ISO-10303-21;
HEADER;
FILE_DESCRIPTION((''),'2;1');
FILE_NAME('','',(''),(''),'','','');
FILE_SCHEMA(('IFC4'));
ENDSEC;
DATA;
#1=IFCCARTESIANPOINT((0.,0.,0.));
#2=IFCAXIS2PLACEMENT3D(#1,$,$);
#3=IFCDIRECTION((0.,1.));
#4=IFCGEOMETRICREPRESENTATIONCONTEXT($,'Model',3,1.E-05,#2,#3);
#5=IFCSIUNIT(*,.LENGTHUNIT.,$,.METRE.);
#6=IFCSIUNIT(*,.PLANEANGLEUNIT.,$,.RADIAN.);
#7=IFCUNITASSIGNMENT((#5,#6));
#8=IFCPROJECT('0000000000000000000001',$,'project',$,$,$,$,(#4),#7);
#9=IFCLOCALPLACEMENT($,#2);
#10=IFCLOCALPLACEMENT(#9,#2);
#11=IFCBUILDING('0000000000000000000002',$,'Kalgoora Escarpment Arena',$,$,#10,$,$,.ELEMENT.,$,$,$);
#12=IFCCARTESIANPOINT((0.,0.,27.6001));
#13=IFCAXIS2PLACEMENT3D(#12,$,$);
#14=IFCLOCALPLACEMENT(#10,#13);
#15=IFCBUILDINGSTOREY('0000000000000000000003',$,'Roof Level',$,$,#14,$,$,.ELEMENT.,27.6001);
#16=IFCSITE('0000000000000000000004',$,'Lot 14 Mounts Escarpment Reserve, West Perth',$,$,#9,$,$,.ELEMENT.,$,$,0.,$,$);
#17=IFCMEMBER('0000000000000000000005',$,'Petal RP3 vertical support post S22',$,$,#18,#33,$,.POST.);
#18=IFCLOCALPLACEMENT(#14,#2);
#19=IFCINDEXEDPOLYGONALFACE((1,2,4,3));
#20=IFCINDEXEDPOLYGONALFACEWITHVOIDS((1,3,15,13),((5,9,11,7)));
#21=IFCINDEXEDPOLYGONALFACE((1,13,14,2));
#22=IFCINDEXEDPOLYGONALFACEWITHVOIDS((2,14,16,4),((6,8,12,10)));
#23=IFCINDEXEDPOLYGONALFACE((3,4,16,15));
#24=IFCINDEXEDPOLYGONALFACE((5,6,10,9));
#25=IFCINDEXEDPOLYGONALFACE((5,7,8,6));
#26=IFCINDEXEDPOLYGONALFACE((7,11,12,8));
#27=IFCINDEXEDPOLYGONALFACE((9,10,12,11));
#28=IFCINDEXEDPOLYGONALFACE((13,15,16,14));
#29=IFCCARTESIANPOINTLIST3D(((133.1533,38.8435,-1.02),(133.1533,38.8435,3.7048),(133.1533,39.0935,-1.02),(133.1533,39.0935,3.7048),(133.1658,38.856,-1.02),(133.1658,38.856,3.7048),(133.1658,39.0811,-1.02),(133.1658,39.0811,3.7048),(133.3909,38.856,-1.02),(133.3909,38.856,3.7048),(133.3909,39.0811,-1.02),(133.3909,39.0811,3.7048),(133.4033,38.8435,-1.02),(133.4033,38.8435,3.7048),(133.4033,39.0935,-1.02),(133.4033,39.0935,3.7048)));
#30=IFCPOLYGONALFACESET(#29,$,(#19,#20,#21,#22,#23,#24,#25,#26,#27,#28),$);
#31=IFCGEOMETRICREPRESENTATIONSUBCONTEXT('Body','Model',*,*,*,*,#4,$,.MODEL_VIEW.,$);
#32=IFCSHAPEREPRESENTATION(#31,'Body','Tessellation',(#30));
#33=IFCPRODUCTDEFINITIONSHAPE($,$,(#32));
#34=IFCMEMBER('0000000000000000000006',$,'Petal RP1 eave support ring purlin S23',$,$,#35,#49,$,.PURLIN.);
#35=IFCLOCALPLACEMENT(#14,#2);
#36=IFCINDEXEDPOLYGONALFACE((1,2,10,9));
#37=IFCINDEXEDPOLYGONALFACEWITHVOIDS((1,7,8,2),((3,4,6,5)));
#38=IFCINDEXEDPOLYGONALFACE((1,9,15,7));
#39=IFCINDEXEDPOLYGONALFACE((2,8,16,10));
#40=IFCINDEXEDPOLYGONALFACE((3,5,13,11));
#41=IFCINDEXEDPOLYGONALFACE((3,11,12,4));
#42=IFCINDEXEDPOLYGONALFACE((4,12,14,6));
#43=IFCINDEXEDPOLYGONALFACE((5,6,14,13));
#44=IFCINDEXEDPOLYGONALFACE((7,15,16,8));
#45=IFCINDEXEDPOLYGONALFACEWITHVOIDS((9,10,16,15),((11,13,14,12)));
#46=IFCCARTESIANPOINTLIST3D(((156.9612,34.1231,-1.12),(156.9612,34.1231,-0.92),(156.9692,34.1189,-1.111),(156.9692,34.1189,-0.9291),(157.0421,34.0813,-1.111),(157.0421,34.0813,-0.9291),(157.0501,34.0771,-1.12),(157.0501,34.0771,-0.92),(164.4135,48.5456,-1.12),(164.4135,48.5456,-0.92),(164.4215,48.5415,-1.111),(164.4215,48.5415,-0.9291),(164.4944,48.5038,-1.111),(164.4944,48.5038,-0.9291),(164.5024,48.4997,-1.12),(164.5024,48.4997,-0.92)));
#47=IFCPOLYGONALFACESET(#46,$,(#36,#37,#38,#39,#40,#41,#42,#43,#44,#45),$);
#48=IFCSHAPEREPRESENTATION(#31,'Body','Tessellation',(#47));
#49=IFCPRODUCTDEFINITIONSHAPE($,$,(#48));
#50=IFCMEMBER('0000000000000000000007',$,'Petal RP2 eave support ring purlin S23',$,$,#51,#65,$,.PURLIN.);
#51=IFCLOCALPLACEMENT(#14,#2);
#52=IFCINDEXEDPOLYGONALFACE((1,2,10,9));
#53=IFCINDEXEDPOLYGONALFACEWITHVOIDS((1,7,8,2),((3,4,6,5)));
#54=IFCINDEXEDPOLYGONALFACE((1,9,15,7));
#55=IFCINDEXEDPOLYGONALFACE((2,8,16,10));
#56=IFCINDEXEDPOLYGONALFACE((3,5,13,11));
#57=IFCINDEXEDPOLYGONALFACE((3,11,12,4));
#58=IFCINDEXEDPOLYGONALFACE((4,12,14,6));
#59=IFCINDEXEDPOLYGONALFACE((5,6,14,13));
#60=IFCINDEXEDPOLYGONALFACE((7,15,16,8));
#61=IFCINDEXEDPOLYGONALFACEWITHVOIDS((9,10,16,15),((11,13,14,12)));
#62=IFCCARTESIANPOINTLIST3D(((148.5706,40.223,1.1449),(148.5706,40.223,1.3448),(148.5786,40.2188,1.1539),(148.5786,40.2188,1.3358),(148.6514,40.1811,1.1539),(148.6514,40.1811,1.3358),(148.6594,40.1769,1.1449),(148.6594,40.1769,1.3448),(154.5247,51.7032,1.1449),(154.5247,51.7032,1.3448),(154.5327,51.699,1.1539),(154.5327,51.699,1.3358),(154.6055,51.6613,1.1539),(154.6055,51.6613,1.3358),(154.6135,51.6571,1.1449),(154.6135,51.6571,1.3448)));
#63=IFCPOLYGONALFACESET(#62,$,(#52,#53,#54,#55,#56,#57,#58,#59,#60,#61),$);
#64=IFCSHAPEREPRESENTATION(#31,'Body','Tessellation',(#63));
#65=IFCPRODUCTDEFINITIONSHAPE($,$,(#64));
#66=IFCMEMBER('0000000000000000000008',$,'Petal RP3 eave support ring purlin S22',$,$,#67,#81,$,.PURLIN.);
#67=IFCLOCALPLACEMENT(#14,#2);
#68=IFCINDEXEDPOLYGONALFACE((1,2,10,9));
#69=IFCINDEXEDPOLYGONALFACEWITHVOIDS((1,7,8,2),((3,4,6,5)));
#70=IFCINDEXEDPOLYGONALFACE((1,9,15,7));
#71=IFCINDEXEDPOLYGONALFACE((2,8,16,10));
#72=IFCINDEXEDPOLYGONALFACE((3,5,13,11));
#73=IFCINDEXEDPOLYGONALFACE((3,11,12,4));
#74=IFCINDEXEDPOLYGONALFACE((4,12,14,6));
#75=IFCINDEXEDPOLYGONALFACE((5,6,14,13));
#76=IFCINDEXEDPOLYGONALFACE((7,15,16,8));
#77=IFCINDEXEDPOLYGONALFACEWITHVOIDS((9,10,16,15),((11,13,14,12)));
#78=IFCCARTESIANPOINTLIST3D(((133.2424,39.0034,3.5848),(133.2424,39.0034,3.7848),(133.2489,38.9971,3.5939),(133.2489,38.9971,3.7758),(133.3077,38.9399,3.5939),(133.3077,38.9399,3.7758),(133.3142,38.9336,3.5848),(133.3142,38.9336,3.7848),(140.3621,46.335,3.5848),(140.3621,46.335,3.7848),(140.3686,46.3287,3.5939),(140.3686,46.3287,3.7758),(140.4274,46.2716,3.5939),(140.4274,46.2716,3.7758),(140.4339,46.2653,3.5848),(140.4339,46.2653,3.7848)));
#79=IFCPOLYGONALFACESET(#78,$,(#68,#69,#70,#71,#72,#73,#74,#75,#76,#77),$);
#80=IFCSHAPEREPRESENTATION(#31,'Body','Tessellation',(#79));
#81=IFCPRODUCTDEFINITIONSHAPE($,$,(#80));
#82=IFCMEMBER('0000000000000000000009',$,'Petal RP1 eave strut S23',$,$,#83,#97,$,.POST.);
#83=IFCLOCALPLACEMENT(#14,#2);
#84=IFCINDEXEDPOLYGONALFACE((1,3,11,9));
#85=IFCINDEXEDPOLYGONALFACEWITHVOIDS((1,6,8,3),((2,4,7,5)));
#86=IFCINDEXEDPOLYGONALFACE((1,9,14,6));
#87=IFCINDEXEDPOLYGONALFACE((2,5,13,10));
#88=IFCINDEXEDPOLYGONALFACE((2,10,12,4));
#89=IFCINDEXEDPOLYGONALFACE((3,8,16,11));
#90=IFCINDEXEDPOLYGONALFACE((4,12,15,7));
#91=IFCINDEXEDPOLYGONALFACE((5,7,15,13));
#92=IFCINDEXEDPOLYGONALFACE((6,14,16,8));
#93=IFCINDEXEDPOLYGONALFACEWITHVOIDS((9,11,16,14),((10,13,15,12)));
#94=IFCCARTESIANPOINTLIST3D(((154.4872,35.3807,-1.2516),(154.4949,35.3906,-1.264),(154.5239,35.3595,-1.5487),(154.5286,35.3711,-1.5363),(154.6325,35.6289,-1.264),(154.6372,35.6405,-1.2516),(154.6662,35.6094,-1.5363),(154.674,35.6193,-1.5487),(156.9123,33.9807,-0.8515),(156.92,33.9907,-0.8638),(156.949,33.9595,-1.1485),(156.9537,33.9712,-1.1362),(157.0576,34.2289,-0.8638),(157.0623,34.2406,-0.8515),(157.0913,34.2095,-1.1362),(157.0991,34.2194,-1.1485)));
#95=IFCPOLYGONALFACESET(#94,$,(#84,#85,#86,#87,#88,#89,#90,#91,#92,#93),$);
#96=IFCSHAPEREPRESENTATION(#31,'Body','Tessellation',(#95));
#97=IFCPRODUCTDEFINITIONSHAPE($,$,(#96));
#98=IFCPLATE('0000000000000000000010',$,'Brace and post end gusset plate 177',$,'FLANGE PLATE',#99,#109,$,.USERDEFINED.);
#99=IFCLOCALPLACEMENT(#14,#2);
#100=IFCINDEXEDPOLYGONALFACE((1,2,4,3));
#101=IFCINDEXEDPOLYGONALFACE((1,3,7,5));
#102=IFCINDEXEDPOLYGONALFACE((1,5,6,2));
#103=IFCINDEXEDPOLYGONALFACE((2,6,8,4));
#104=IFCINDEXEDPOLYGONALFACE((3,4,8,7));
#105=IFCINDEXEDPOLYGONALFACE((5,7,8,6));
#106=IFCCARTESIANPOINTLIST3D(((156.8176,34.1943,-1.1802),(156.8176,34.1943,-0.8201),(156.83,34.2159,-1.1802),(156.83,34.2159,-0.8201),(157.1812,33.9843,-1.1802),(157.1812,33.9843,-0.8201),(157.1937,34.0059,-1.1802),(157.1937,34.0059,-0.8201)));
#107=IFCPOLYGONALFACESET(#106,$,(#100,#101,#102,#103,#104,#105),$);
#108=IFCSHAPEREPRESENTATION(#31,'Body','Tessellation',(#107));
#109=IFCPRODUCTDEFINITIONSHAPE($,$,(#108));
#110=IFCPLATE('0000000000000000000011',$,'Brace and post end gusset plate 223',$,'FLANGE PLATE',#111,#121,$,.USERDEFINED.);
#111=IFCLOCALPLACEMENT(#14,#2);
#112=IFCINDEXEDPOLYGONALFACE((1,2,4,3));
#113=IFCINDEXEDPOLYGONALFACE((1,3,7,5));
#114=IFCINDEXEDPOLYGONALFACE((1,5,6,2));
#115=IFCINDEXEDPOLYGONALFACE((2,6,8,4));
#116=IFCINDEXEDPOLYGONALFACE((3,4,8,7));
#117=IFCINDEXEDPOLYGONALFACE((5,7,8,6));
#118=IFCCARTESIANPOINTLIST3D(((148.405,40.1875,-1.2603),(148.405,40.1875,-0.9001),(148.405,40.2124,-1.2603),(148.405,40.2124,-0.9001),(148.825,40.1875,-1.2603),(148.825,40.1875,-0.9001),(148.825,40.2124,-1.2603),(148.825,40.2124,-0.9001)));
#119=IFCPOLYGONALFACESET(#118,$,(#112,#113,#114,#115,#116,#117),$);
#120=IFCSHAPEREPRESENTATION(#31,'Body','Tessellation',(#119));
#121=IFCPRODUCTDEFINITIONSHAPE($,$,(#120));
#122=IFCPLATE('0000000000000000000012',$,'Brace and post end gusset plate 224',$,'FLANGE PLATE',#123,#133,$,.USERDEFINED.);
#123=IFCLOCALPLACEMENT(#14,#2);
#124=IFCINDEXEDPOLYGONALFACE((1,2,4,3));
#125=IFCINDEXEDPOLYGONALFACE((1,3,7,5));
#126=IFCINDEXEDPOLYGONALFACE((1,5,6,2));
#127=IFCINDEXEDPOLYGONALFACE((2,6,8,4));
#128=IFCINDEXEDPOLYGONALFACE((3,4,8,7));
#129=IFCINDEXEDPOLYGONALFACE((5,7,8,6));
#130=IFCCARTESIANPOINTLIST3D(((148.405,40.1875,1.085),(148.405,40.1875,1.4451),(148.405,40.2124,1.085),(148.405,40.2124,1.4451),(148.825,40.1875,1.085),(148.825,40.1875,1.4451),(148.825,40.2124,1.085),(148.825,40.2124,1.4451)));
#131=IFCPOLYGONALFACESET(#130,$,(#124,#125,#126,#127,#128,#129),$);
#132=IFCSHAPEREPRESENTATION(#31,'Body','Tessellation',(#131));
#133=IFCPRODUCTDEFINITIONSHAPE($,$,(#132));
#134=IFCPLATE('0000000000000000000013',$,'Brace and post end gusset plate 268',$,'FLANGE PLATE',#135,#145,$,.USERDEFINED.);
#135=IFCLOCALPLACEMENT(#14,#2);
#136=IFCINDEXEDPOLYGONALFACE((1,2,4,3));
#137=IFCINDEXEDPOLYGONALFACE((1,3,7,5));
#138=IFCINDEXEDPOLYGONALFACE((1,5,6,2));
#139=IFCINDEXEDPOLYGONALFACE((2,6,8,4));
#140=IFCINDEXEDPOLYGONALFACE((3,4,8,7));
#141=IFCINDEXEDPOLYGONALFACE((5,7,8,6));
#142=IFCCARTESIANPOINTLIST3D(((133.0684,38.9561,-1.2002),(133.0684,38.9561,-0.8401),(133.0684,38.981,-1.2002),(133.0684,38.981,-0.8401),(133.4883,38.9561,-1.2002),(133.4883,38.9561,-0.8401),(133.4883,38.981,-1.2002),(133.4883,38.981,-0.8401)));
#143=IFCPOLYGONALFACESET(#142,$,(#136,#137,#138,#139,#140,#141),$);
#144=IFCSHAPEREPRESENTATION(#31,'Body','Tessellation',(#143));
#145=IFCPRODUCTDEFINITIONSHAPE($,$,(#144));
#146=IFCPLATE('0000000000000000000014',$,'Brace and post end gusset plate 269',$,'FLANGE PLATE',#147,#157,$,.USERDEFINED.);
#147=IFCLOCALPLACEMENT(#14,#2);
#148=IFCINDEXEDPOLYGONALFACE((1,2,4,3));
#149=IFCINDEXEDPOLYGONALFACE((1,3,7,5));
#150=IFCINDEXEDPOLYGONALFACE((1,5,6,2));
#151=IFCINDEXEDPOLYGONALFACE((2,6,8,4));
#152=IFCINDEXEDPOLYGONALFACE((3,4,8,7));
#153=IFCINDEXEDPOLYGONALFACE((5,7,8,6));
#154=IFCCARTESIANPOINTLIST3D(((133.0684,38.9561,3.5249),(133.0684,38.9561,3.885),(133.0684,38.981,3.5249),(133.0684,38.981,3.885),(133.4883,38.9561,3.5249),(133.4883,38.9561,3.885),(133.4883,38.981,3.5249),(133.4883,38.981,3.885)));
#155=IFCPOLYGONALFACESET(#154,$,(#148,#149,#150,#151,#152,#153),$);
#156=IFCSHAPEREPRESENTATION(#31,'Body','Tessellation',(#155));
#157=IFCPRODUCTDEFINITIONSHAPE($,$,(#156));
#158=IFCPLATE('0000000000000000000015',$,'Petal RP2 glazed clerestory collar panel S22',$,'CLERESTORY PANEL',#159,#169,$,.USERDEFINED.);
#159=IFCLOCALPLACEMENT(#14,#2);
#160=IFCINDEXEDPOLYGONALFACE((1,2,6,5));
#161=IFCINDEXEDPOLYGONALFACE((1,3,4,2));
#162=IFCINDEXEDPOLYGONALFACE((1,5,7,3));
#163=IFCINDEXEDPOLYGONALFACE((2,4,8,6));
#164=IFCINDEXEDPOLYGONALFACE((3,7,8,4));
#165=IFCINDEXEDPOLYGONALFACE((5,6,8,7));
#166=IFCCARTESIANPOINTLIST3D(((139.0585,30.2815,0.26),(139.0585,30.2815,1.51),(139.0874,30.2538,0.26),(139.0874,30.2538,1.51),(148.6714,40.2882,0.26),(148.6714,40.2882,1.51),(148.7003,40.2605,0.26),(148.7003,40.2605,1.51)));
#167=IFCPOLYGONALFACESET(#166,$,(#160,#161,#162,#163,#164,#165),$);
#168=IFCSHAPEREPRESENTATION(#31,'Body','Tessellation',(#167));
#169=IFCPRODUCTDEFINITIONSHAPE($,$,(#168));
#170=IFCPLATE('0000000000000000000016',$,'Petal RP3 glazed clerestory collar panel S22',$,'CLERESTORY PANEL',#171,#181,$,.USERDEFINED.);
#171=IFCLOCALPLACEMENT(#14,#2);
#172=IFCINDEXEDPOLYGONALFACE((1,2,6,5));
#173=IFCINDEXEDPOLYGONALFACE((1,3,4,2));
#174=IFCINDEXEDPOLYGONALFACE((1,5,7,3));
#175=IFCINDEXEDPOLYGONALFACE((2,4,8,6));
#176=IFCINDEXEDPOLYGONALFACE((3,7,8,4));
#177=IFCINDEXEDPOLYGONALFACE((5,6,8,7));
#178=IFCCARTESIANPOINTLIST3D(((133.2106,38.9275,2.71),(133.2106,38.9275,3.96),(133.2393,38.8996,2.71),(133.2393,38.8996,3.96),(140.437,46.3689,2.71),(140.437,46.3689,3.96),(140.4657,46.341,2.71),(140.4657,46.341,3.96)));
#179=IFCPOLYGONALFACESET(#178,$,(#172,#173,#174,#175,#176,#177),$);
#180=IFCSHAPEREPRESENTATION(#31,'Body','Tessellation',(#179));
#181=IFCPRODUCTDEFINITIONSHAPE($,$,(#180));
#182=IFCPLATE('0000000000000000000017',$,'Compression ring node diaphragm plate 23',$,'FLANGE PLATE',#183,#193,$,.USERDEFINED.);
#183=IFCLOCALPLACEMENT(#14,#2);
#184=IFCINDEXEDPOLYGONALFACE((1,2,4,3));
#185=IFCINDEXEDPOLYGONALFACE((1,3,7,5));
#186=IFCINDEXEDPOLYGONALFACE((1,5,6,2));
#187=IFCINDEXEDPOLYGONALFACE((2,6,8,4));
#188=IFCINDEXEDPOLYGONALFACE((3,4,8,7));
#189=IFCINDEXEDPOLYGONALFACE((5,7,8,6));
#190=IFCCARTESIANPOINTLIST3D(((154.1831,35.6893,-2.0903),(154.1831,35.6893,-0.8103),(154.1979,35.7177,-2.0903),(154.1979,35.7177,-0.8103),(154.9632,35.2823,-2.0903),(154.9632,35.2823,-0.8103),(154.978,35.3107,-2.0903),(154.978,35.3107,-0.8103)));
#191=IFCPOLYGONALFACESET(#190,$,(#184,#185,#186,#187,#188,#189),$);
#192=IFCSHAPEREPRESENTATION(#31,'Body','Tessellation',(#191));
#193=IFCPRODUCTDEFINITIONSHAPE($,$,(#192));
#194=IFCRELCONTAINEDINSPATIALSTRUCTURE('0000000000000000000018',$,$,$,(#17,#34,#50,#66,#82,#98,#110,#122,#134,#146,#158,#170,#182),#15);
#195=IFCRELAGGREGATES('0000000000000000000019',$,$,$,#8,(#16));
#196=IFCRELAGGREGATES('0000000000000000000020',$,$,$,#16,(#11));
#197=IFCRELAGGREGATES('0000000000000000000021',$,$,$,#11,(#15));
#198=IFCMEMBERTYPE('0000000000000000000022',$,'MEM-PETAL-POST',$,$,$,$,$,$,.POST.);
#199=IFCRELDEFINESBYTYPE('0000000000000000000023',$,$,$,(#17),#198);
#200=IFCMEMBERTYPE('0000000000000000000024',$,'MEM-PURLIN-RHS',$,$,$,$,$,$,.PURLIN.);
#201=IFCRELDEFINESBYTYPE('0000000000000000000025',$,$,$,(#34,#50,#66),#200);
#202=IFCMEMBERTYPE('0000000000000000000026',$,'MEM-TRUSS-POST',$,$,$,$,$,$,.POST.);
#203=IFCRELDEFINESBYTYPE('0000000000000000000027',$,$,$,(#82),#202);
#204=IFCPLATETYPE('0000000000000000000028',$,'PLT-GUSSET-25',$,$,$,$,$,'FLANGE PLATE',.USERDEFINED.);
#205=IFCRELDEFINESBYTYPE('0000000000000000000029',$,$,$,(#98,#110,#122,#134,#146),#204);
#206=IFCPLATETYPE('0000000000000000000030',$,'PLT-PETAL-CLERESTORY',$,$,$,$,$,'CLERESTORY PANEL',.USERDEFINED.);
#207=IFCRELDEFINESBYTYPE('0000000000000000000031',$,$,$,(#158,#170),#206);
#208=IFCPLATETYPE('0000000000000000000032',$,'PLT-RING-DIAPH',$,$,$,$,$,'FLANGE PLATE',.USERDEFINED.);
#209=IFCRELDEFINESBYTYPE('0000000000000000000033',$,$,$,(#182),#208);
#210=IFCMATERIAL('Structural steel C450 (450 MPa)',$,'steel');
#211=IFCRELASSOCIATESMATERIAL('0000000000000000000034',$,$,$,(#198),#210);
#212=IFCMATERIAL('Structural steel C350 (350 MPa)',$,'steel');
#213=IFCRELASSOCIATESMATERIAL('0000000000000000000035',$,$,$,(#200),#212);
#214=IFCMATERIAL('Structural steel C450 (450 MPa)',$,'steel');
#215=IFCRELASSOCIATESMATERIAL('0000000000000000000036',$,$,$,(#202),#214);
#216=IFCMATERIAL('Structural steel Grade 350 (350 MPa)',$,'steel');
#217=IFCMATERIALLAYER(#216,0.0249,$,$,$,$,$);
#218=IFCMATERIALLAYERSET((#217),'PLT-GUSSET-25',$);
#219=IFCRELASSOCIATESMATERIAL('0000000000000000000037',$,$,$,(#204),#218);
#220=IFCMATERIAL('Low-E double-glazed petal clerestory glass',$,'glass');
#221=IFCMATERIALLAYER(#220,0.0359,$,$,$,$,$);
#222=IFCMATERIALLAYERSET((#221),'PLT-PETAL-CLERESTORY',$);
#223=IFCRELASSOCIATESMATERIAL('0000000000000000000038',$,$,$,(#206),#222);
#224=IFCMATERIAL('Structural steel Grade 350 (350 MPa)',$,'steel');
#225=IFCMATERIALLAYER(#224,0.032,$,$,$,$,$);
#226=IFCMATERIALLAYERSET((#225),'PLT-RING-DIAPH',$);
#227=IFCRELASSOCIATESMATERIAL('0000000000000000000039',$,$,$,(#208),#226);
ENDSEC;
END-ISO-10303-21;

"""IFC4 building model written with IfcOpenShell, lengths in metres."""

from ifc_helpers import new_model, si_unit, direction, frame, origin, origin_2d, place, context, subcontext, project, spatial, rectangle, hollow_rectangle, extrude, material, layer, layer_set, material_profile, profile_set, type_object, element, save


model = new_model("IFC4")

# Units and contexts
model_context = context("Model", 3, precision=1e-05, world=origin(), true_north=direction((0.0, 1.0)))
body_context = subcontext(model_context, "Body", "Model", "MODEL_VIEW")
ifc_project = project(units=[si_unit("LENGTHUNIT", "METRE"), si_unit("PLANEANGLEUNIT", "RADIAN")], contexts=[model_context])

# Site, building, storey
site_placement = place(None, origin())
site = spatial("IfcSite", under=ifc_project, at=site_placement, Name="Lot 14 Mounts Escarpment Reserve, West Perth", CompositionType="ELEMENT", RefElevation=0.0)
building_placement = place(site_placement, origin())
building = spatial("IfcBuilding", under=site, at=building_placement, Name="Kalgoora Escarpment Arena", CompositionType="ELEMENT")
storey_placement = place(building_placement, frame((0.0, 0.0, 27.6001)))
storey = spatial("IfcBuildingStorey", under=building, at=storey_placement, Name="Roof Level", CompositionType="ELEMENT", Elevation=27.6001)

# Members
ifc_material_1 = material(Name="Structural steel C450 (450 MPa)", Category="steel")
ifc_material_profile_1 = material_profile(ifc_material_1, hollow_rectangle(XDim=0.25, YDim=0.25, WallThickness=0.0125, at=origin_2d()))
ifc_profile_set_1 = profile_set([ifc_material_profile_1], Name="Structural steel C450 (450 MPa)")
member_type_1 = type_object("IfcMemberType", Name="MEM-PETAL-POST", PredefinedType="POST", material=ifc_profile_set_1)
member_1_placement = place(storey_placement, frame((133.2783, 38.9685, -1.02), z_axis=(0.0, 0.0, 1.0), x_axis=(1.0, 0.0, 0.0)))
element("IfcMember", 1, at=member_1_placement, inside=storey, type_object=member_type_1, Name="Petal RP3 vertical support post S22", PredefinedType="POST", context=body_context, shape_type="SweptSolid", body=[
    extrude(hollow_rectangle(XDim=0.25, YDim=0.25, WallThickness=0.0125, at=origin_2d()), origin(), (0.0, 0.0, 1.0), 4.7249),
])
ifc_material_2 = material(Name="Structural steel C350 (350 MPa)", Category="steel")
ifc_material_profile_2 = material_profile(ifc_material_2, hollow_rectangle(XDim=0.1001, YDim=0.2, WallThickness=0.009, at=origin_2d()))
ifc_profile_set_2 = profile_set([ifc_material_profile_2], Name="Structural steel C350 (350 MPa)")
member_type_2 = type_object("IfcMemberType", Name="MEM-PURLIN-RHS", PredefinedType="PURLIN", material=ifc_profile_set_2)
member_2_placement = place(storey_placement, frame((157.0056, 34.1001, -1.02), z_axis=(0.459055, 0.888408, 0.0), x_axis=(-0.888408, 0.459055, 0.0)))
element("IfcMember", 2, at=member_2_placement, inside=storey, type_object=member_type_2, Name="Petal RP1 eave support ring purlin S23", PredefinedType="PURLIN", context=body_context, shape_type="SweptSolid", body=[
    extrude(hollow_rectangle(XDim=0.1001, YDim=0.2, WallThickness=0.009, at=origin_2d()), origin(), (0.0, 0.0, 1.0), 16.2341),
])
member_3_placement = place(storey_placement, frame((148.615, 40.2, 1.2449), z_axis=(0.460402, 0.887711, 0.0), x_axis=(-0.887711, 0.460402, 0.0)))
element("IfcMember", 3, at=member_3_placement, inside=storey, type_object=member_type_2, Name="Petal RP2 eave support ring purlin S23", PredefinedType="PURLIN", context=body_context, shape_type="SweptSolid", body=[
    extrude(hollow_rectangle(XDim=0.1001, YDim=0.2, WallThickness=0.009, at=origin_2d()), origin(), (0.0, 0.0, 1.0), 12.9324),
])
member_4_placement = place(storey_placement, frame((133.2783, 38.9685, 3.6848), z_axis=(0.696663, 0.717399, 0.0), x_axis=(-0.717399, 0.696663, 0.0)))
element("IfcMember", 4, at=member_4_placement, inside=storey, type_object=member_type_2, Name="Petal RP3 eave support ring purlin S22", PredefinedType="PURLIN", context=body_context, shape_type="SweptSolid", body=[
    extrude(hollow_rectangle(XDim=0.1001, YDim=0.2, WallThickness=0.009, at=origin_2d()), origin(), (0.0, 0.0, 1.0), 10.2197),
])
ifc_material_3 = material(Name="Structural steel C450 (450 MPa)", Category="steel")
ifc_material_profile_3 = material_profile(ifc_material_3, hollow_rectangle(XDim=0.3, YDim=0.3, WallThickness=0.0125, at=origin_2d()))
ifc_profile_set_3 = profile_set([ifc_material_profile_3], Name="Structural steel C450 (450 MPa)")
member_type_3 = type_object("IfcMemberType", Name="MEM-TRUSS-POST", PredefinedType="POST", material=ifc_profile_set_3)
member_5_placement = place(storey_placement, frame((154.5806, 35.5, -1.4001), z_axis=(0.857346, -0.494918, 0.141467), x_axis=(0.499946, 0.866056, 0.0)))
element("IfcMember", 5, at=member_5_placement, inside=storey, type_object=member_type_3, Name="Petal RP1 eave strut S23", PredefinedType="POST", context=body_context, shape_type="SweptSolid", body=[
    extrude(hollow_rectangle(XDim=0.3, YDim=0.3, WallThickness=0.0125, at=origin_2d()), origin(), (0.0, 0.0, 1.0), 2.8286),
])

# Plates
ifc_material_4 = material(Name="Structural steel Grade 350 (350 MPa)", Category="steel")
ifc_layer_1 = layer(ifc_material_4, 0.0249)
ifc_layer_set_1 = layer_set([ifc_layer_1], Name="PLT-GUSSET-25")
plate_type_1 = type_object("IfcPlateType", Name="PLT-GUSSET-25", ElementType="FLANGE PLATE", PredefinedType="USERDEFINED", material=ifc_layer_set_1)
for number, where, z_axis, x_axis, name in (
    (6, (157.0056, 34.1001, -1.1802), (0.0, 0.0, 1.0), (0.866025, -0.5, 0.0), "Brace and post end gusset plate 177"),
    (7, (148.615, 40.2, -1.2603), (0.0, 0.0, 1.0), (1.0, 0.0, 0.0), "Brace and post end gusset plate 223"),
    (8, (148.615, 40.2, 1.085), (0.0, 0.0, 1.0), (1.0, 0.0, 0.0), "Brace and post end gusset plate 224"),
    (9, (133.2783, 38.9685, -1.2002), (0.0, 0.0, 1.0), (1.0, 0.0, 0.0), "Brace and post end gusset plate 268"),
    (10, (133.2783, 38.9685, 3.5249), (0.0, 0.0, 1.0), (1.0, 0.0, 0.0), "Brace and post end gusset plate 269"),
):
    element("IfcPlate", number, at=place(storey_placement, frame(where, z_axis=z_axis, x_axis=x_axis)), inside=storey, type_object=plate_type_1, Name=name, ObjectType="FLANGE PLATE", PredefinedType="USERDEFINED", context=body_context, shape_type="SweptSolid", body=[
        extrude(rectangle(XDim=0.4199, YDim=0.0249, at=origin_2d()), origin(), (0.0, 0.0, 1.0), 0.3601),
    ])
ifc_material_5 = material(Name="Low-E double-glazed petal clerestory glass", Category="glass")
ifc_layer_2 = layer(ifc_material_5, 0.0359)
ifc_layer_set_2 = layer_set([ifc_layer_2], Name="PLT-PETAL-CLERESTORY")
plate_type_2 = type_object("IfcPlateType", Name="PLT-PETAL-CLERESTORY", ElementType="CLERESTORY PANEL", PredefinedType="USERDEFINED", material=ifc_layer_set_2)
plate_1_placement = place(storey_placement, frame((143.8794, 35.271, 0.26), z_axis=(0.0, 0.0, 1.0), x_axis=(0.692773, 0.721156, 0.0)))
element("IfcPlate", 11, at=plate_1_placement, inside=storey, type_object=plate_type_2, Name="Petal RP2 glazed clerestory collar panel S22", ObjectType="CLERESTORY PANEL", PredefinedType="USERDEFINED", context=body_context, shape_type="SweptSolid", body=[
    extrude(rectangle(XDim=13.876, YDim=0.04, at=origin_2d()), origin(), (0.0, 0.0, 1.0), 1.25),
])
plate_2_placement = place(storey_placement, frame((136.8381, 42.6343, 2.71), z_axis=(0.0, 0.0, 1.0), x_axis=(0.696664, 0.717397, 0.0)))
element("IfcPlate", 12, at=plate_2_placement, inside=storey, type_object=plate_type_2, Name="Petal RP3 glazed clerestory collar panel S22", ObjectType="CLERESTORY PANEL", PredefinedType="USERDEFINED", context=body_context, shape_type="SweptSolid", body=[
    extrude(rectangle(XDim=10.3728, YDim=0.04, at=origin_2d()), origin(), (0.0, 0.0, 1.0), 1.25),
])
ifc_material_6 = material(Name="Structural steel Grade 350 (350 MPa)", Category="steel")
ifc_layer_3 = layer(ifc_material_6, 0.032)
ifc_layer_set_3 = layer_set([ifc_layer_3], Name="PLT-RING-DIAPH")
plate_type_3 = type_object("IfcPlateType", Name="PLT-RING-DIAPH", ElementType="FLANGE PLATE", PredefinedType="USERDEFINED", material=ifc_layer_set_3)
plate_3_placement = place(storey_placement, frame((154.5806, 35.5, -2.0903), z_axis=(0.0, 0.0, 1.0), x_axis=(0.462523, 0.886608, 0.0)))
element("IfcPlate", 13, at=plate_3_placement, inside=storey, type_object=plate_type_3, Name="Compression ring node diaphragm plate 23", ObjectType="FLANGE PLATE", PredefinedType="USERDEFINED", context=body_context, shape_type="SweptSolid", body=[
    extrude(rectangle(XDim=0.032, YDim=0.8799, at=origin_2d()), origin(), (0.0, 0.0, 1.0), 1.28),
])

save(model, "model.ifc")
